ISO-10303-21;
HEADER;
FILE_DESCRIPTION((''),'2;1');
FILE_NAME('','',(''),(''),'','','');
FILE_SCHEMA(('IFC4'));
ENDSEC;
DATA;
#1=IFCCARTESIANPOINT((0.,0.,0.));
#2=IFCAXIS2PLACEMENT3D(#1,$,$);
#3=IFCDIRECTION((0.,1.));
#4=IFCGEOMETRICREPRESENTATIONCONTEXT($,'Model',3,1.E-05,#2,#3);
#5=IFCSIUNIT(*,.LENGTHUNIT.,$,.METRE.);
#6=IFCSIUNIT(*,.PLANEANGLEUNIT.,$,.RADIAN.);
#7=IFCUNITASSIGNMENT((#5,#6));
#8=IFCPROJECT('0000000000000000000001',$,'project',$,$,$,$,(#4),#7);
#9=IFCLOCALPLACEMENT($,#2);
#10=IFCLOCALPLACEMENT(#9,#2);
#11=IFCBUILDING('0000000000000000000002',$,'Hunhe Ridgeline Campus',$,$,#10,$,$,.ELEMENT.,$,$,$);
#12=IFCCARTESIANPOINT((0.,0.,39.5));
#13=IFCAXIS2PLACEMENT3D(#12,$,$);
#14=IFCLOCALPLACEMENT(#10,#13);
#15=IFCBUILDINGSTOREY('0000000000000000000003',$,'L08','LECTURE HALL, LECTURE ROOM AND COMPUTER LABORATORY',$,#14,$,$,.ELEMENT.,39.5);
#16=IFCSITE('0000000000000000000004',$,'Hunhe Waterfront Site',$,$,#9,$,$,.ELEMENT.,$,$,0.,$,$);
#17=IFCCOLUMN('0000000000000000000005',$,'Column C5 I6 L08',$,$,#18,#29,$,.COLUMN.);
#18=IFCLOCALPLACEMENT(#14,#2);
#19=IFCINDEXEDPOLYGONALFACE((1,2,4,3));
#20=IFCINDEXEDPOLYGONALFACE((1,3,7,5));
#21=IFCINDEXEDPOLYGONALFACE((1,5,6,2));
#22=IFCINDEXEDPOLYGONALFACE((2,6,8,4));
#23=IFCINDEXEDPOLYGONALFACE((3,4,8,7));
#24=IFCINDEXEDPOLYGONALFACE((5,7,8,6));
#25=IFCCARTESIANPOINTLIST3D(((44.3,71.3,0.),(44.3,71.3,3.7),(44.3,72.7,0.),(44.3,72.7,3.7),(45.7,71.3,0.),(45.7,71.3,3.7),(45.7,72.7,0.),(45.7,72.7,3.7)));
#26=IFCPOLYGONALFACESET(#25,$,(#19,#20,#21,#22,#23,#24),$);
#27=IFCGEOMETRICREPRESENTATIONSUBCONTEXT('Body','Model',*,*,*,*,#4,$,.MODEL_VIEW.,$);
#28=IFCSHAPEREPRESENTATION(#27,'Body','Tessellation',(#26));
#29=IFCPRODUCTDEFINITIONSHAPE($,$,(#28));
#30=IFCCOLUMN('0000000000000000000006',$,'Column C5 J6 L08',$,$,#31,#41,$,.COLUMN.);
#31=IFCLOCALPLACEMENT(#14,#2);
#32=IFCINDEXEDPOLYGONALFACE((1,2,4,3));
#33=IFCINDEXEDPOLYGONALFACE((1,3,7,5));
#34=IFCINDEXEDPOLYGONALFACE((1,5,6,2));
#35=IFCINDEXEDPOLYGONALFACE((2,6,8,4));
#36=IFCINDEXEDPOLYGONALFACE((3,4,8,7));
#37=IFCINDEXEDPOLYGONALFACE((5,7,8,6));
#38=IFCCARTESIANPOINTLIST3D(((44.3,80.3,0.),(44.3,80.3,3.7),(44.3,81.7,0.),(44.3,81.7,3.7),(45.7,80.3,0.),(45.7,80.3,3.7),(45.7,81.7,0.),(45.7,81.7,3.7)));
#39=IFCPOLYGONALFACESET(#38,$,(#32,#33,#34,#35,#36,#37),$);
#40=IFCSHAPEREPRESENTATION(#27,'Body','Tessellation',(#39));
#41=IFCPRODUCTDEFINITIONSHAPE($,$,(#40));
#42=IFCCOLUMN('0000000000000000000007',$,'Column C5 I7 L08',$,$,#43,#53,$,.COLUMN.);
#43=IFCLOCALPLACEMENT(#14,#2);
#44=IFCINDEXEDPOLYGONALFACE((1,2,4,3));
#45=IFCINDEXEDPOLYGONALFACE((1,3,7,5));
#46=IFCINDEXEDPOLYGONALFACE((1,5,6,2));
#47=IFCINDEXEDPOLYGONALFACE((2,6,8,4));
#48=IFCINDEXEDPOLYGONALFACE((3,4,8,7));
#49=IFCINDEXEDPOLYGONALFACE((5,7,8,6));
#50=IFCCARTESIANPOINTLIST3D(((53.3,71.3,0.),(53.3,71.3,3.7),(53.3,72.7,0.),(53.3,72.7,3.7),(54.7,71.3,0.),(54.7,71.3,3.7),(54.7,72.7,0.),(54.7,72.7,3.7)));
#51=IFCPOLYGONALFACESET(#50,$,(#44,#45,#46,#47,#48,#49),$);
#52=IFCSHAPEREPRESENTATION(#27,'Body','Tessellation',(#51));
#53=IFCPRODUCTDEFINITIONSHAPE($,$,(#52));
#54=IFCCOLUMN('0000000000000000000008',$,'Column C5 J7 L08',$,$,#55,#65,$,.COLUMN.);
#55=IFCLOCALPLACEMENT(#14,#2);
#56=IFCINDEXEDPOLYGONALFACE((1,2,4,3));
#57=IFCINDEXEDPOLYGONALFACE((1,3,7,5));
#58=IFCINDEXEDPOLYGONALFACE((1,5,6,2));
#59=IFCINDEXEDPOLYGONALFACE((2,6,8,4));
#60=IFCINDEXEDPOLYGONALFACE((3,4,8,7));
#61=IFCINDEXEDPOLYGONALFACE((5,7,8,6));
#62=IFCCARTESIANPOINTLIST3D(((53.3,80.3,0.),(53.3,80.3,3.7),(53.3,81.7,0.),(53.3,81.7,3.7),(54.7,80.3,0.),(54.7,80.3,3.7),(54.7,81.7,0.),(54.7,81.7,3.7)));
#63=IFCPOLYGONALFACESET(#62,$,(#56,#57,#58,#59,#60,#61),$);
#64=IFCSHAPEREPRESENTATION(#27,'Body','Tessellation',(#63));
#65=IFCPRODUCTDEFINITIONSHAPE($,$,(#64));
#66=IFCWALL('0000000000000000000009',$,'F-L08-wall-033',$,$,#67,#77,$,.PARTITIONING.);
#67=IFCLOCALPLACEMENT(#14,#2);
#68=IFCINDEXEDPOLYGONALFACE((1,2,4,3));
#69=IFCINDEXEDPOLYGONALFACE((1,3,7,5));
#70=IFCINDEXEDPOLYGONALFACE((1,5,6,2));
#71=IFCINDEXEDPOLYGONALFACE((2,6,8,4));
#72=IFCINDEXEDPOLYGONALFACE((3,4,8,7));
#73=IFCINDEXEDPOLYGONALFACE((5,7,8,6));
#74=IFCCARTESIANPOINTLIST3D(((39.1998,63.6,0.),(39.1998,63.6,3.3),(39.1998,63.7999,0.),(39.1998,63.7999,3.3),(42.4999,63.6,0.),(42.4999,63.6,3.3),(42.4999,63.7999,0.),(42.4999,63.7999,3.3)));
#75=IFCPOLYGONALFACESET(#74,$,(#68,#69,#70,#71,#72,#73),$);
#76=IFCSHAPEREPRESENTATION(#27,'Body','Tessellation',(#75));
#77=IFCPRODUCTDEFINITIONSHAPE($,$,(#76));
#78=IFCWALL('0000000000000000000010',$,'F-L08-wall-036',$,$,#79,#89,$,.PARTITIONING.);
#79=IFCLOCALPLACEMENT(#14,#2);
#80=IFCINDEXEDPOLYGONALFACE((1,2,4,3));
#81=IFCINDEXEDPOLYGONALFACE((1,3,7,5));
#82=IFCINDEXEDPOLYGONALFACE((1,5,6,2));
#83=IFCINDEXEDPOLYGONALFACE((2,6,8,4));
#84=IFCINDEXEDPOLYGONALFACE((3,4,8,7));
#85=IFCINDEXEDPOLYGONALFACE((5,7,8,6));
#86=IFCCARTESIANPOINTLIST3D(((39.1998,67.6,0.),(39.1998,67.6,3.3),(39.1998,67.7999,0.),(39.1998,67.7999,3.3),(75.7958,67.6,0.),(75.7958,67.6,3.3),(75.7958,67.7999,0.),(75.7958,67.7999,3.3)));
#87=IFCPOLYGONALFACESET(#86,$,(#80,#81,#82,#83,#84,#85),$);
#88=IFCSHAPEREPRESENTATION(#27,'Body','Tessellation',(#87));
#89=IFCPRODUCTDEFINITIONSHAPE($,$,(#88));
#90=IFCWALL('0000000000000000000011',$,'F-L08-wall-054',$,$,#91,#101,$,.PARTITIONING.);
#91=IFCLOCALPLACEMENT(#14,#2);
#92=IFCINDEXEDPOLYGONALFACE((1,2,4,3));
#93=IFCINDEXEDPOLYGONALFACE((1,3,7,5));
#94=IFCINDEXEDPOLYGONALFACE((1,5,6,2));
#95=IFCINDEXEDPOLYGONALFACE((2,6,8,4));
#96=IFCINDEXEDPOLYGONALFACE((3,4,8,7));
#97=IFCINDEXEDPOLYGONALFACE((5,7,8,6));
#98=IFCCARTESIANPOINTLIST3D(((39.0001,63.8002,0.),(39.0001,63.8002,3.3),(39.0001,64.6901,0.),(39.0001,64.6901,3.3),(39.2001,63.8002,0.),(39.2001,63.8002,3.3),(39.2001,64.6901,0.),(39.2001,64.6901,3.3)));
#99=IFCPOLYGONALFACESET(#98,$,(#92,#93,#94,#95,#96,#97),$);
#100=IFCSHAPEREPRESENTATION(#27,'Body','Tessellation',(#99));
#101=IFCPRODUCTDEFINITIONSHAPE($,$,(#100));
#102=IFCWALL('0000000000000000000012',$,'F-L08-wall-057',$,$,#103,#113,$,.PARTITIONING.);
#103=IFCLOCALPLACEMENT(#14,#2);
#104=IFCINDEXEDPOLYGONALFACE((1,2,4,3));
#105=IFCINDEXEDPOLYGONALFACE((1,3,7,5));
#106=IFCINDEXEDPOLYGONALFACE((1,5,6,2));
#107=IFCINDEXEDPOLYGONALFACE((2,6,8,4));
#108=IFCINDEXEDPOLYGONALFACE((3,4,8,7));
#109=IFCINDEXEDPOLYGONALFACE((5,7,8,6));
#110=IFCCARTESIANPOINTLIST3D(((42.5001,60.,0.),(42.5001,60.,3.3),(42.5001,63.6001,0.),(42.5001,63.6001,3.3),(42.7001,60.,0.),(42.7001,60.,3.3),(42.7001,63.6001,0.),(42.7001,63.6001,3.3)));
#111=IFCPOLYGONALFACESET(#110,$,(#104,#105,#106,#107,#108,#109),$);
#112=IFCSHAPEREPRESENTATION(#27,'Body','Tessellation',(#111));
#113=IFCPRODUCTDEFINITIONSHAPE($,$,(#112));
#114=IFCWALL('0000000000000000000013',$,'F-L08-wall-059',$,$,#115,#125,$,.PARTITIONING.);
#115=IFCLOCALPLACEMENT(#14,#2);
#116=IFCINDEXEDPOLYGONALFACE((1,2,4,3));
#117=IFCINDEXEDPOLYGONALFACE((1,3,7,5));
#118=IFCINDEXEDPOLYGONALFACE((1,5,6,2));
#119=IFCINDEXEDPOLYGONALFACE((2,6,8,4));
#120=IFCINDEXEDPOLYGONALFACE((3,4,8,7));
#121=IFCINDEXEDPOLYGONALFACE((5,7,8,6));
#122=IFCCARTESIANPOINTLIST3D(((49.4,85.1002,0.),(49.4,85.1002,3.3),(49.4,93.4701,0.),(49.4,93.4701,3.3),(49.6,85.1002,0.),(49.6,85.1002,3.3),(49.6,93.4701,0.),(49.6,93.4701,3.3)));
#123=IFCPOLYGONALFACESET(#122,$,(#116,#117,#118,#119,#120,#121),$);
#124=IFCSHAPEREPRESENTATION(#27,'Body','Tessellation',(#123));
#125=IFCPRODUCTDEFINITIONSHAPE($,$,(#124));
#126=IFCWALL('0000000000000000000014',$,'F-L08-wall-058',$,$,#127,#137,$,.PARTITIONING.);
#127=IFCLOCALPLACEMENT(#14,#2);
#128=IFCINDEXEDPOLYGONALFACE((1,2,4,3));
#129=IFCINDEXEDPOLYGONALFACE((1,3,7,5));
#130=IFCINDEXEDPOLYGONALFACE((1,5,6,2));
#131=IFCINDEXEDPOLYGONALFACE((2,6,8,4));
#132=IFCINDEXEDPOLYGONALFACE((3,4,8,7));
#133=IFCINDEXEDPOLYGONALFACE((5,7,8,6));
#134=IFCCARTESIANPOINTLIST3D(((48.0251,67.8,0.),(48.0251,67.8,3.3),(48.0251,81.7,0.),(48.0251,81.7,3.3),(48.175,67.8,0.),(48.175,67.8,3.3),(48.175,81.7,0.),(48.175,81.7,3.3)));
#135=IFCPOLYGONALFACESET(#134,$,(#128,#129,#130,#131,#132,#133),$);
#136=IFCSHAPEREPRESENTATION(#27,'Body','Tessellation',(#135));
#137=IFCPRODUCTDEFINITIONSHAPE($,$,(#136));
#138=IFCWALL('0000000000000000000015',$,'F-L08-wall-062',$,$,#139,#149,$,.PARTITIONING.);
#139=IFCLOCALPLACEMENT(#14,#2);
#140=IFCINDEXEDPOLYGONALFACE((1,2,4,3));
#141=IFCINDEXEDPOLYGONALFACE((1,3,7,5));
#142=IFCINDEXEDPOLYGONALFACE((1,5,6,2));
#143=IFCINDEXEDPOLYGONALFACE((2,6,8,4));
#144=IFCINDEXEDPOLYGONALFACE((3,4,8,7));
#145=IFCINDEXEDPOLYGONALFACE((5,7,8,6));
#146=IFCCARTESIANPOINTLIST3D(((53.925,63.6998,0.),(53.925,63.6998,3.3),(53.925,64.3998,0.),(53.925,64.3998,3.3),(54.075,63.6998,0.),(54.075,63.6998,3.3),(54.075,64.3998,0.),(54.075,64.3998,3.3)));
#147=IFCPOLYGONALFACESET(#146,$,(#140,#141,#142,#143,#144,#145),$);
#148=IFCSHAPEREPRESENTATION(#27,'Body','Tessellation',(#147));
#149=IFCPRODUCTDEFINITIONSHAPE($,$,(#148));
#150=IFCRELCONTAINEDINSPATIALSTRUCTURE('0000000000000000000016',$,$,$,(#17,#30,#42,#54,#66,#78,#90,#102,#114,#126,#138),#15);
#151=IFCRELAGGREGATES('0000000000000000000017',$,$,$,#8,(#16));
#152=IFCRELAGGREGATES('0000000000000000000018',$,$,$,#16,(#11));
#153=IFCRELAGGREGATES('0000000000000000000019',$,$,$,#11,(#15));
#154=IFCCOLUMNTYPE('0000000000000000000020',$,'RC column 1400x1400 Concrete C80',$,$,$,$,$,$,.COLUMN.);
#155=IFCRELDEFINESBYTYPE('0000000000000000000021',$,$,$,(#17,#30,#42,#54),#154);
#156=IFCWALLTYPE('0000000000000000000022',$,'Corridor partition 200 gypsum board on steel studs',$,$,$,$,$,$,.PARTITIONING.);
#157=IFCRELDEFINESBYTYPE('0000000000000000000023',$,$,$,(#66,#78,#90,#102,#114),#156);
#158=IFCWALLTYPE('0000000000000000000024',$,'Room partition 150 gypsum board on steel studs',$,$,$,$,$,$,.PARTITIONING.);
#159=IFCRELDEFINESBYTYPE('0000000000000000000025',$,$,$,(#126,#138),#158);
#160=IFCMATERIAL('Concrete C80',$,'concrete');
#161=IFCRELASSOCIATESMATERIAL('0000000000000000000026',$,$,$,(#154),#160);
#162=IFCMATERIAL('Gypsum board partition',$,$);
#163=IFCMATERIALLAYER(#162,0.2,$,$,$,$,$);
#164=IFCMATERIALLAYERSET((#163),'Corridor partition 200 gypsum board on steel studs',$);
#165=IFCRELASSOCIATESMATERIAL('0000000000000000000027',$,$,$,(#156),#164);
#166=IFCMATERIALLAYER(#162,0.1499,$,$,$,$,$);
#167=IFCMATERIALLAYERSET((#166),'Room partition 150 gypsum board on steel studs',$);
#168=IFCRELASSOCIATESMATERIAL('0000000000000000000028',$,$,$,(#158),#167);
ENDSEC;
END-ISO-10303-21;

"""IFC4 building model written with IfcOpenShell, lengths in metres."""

from ifc_helpers import new_model, si_unit, direction, frame, frame_2d, origin, origin_2d, place, context, subcontext, project, spatial, rectangle, extrude, material, layer, layer_set, material_profile, profile_set, type_object, element, save


model = new_model("IFC4")

# Units and contexts
model_context = context("Model", 3, precision=1e-05, world=origin(), true_north=direction((0.0, 1.0)))
body_context = subcontext(model_context, "Body", "Model", "MODEL_VIEW")
ifc_project = project(units=[si_unit("LENGTHUNIT", "METRE"), si_unit("PLANEANGLEUNIT", "RADIAN")], contexts=[model_context])

# Site, building, storey
site_placement = place(None, origin())
site = spatial("IfcSite", under=ifc_project, at=site_placement, Name="Hunhe Waterfront Site", CompositionType="ELEMENT", RefElevation=0.0)
building_placement = place(site_placement, origin())
building = spatial("IfcBuilding", under=site, at=building_placement, Name="Hunhe Ridgeline Campus", CompositionType="ELEMENT")
storey_placement = place(building_placement, frame((0.0, 0.0, 39.5)))
storey = spatial("IfcBuildingStorey", under=building, at=storey_placement, Name="L08", Description="LECTURE HALL, LECTURE ROOM AND COMPUTER LABORATORY", CompositionType="ELEMENT", Elevation=39.5)

# Columns
ifc_material_1 = material(Name="Concrete C80", Category="concrete")
ifc_material_profile = material_profile(ifc_material_1, rectangle(XDim=1.3999, YDim=1.3999, at=origin_2d()))
ifc_profile_set = profile_set([ifc_material_profile], Name="Concrete C80")
column_type = type_object("IfcColumnType", Name="RC column 1400x1400 Concrete C80", PredefinedType="COLUMN", material=ifc_profile_set)
for number, where, z_axis, x_axis, name in (
    (1, (45.0, 72.0, 0.0), (0.0, 0.0, 1.0), (1.0, 0.0, 0.0), "Column C5 I6 L08"),
    (2, (45.0, 81.0, 0.0), (0.0, 0.0, 1.0), (1.0, 0.0, 0.0), "Column C5 J6 L08"),
    (3, (54.0, 72.0, 0.0), (0.0, 0.0, 1.0), (1.0, 0.0, 0.0), "Column C5 I7 L08"),
    (4, (54.0, 81.0, 0.0), (0.0, 0.0, 1.0), (1.0, 0.0, 0.0), "Column C5 J7 L08"),
):
    element("IfcColumn", number, at=place(storey_placement, frame(where, z_axis=z_axis, x_axis=x_axis)), inside=storey, type_object=column_type, Name=name, PredefinedType="COLUMN", context=body_context, shape_type="SweptSolid", body=[
        extrude(rectangle(XDim=1.3999, YDim=1.3999, at=origin_2d()), origin(), (0.0, 0.0, 1.0), 3.7),
    ])

# Walls
ifc_material_2 = material(Name="Gypsum board partition")
ifc_layer_1 = layer(ifc_material_2, 0.2)
ifc_layer_set_1 = layer_set([ifc_layer_1], Name="Corridor partition 200 gypsum board on steel studs")
wall_type_1 = type_object("IfcWallType", Name="Corridor partition 200 gypsum board on steel studs", PredefinedType="PARTITIONING", material=ifc_layer_set_1)
wall_1_placement = place(storey_placement, frame((39.2, 63.7, 0.0), z_axis=(0.0, 0.0, 1.0), x_axis=(1.0, 0.0, 0.0)))
element("IfcWall", 5, at=wall_1_placement, inside=storey, type_object=wall_type_1, Name="F-L08-wall-033", PredefinedType="PARTITIONING", context=body_context, shape_type="SweptSolid", body=[
    extrude(rectangle(XDim=3.3, YDim=0.2, at=frame_2d((1.6499, 0.0))), origin(), (0.0, 0.0, 1.0), 3.3),
])
wall_2_placement = place(storey_placement, frame((39.2, 67.7, 0.0), z_axis=(0.0, 0.0, 1.0), x_axis=(1.0, 0.0, 0.0)))
element("IfcWall", 6, at=wall_2_placement, inside=storey, type_object=wall_type_1, Name="F-L08-wall-036", PredefinedType="PARTITIONING", context=body_context, shape_type="SweptSolid", body=[
    extrude(rectangle(XDim=36.5959, YDim=0.2, at=frame_2d((18.2979, 0.0))), origin(), (0.0, 0.0, 1.0), 3.3),
])

# Wall
wall_3_placement = place(storey_placement, frame((39.1001, 64.6899, 0.0), z_axis=(0.0, 0.0, 1.0), x_axis=(0.0, -1.0, 0.0)))
element("IfcWall", 7, at=wall_3_placement, inside=storey, type_object=wall_type_1, Name="F-L08-wall-054", PredefinedType="PARTITIONING", context=body_context, shape_type="SweptSolid", body=[
    extrude(rectangle(XDim=0.8899, YDim=0.2, at=frame_2d((0.4448, 0.0))), origin(), (0.0, 0.0, 1.0), 3.3),
])

# Walls
wall_4_placement = place(storey_placement, frame((42.6001, 63.6001, 0.0), z_axis=(0.0, 0.0, 1.0), x_axis=(0.0, -1.0, 0.0)))
element("IfcWall", 8, at=wall_4_placement, inside=storey, type_object=wall_type_1, Name="F-L08-wall-057", PredefinedType="PARTITIONING", context=body_context, shape_type="SweptSolid", body=[
    extrude(rectangle(XDim=3.6001, YDim=0.2, at=frame_2d((1.8, 0.0))), origin(), (0.0, 0.0, 1.0), 3.3),
])
wall_5_placement = place(storey_placement, frame((49.5, 85.1001, 0.0), z_axis=(0.0, 0.0, 1.0), x_axis=(0.0, 1.0, 0.0)))
element("IfcWall", 9, at=wall_5_placement, inside=storey, type_object=wall_type_1, Name="F-L08-wall-059", PredefinedType="PARTITIONING", context=body_context, shape_type="SweptSolid", body=[
    extrude(rectangle(XDim=8.3699, YDim=0.2, at=frame_2d((4.1851, 0.0))), origin(), (0.0, 0.0, 1.0), 3.3),
])
ifc_layer_2 = layer(ifc_material_2, 0.1499)
ifc_layer_set_2 = layer_set([ifc_layer_2], Name="Room partition 150 gypsum board on steel studs")
wall_type_2 = type_object("IfcWallType", Name="Room partition 150 gypsum board on steel studs", PredefinedType="PARTITIONING", material=ifc_layer_set_2)
wall_6_placement = place(storey_placement, frame((48.1001, 81.7, 0.0), z_axis=(0.0, 0.0, 1.0), x_axis=(0.0, -1.0, 0.0)))
element("IfcWall", 10, at=wall_6_placement, inside=storey, type_object=wall_type_2, Name="F-L08-wall-058", PredefinedType="PARTITIONING", context=body_context, shape_type="SweptSolid", body=[
    extrude(rectangle(XDim=13.8999, YDim=0.1499, at=frame_2d((6.95, 0.0))), origin(), (0.0, 0.0, 1.0), 3.3),
])
wall_7_placement = place(storey_placement, frame((54.0, 64.3999, 0.0), z_axis=(0.0, 0.0, 1.0), x_axis=(0.0, -1.0, 0.0)))
element("IfcWall", 11, at=wall_7_placement, inside=storey, type_object=wall_type_2, Name="F-L08-wall-062", PredefinedType="PARTITIONING", context=body_context, shape_type="SweptSolid", body=[
    extrude(rectangle(XDim=0.7, YDim=0.1499, at=frame_2d((0.3501, 0.0))), origin(), (0.0, 0.0, 1.0), 3.3),
])

save(model, "model.ifc")
